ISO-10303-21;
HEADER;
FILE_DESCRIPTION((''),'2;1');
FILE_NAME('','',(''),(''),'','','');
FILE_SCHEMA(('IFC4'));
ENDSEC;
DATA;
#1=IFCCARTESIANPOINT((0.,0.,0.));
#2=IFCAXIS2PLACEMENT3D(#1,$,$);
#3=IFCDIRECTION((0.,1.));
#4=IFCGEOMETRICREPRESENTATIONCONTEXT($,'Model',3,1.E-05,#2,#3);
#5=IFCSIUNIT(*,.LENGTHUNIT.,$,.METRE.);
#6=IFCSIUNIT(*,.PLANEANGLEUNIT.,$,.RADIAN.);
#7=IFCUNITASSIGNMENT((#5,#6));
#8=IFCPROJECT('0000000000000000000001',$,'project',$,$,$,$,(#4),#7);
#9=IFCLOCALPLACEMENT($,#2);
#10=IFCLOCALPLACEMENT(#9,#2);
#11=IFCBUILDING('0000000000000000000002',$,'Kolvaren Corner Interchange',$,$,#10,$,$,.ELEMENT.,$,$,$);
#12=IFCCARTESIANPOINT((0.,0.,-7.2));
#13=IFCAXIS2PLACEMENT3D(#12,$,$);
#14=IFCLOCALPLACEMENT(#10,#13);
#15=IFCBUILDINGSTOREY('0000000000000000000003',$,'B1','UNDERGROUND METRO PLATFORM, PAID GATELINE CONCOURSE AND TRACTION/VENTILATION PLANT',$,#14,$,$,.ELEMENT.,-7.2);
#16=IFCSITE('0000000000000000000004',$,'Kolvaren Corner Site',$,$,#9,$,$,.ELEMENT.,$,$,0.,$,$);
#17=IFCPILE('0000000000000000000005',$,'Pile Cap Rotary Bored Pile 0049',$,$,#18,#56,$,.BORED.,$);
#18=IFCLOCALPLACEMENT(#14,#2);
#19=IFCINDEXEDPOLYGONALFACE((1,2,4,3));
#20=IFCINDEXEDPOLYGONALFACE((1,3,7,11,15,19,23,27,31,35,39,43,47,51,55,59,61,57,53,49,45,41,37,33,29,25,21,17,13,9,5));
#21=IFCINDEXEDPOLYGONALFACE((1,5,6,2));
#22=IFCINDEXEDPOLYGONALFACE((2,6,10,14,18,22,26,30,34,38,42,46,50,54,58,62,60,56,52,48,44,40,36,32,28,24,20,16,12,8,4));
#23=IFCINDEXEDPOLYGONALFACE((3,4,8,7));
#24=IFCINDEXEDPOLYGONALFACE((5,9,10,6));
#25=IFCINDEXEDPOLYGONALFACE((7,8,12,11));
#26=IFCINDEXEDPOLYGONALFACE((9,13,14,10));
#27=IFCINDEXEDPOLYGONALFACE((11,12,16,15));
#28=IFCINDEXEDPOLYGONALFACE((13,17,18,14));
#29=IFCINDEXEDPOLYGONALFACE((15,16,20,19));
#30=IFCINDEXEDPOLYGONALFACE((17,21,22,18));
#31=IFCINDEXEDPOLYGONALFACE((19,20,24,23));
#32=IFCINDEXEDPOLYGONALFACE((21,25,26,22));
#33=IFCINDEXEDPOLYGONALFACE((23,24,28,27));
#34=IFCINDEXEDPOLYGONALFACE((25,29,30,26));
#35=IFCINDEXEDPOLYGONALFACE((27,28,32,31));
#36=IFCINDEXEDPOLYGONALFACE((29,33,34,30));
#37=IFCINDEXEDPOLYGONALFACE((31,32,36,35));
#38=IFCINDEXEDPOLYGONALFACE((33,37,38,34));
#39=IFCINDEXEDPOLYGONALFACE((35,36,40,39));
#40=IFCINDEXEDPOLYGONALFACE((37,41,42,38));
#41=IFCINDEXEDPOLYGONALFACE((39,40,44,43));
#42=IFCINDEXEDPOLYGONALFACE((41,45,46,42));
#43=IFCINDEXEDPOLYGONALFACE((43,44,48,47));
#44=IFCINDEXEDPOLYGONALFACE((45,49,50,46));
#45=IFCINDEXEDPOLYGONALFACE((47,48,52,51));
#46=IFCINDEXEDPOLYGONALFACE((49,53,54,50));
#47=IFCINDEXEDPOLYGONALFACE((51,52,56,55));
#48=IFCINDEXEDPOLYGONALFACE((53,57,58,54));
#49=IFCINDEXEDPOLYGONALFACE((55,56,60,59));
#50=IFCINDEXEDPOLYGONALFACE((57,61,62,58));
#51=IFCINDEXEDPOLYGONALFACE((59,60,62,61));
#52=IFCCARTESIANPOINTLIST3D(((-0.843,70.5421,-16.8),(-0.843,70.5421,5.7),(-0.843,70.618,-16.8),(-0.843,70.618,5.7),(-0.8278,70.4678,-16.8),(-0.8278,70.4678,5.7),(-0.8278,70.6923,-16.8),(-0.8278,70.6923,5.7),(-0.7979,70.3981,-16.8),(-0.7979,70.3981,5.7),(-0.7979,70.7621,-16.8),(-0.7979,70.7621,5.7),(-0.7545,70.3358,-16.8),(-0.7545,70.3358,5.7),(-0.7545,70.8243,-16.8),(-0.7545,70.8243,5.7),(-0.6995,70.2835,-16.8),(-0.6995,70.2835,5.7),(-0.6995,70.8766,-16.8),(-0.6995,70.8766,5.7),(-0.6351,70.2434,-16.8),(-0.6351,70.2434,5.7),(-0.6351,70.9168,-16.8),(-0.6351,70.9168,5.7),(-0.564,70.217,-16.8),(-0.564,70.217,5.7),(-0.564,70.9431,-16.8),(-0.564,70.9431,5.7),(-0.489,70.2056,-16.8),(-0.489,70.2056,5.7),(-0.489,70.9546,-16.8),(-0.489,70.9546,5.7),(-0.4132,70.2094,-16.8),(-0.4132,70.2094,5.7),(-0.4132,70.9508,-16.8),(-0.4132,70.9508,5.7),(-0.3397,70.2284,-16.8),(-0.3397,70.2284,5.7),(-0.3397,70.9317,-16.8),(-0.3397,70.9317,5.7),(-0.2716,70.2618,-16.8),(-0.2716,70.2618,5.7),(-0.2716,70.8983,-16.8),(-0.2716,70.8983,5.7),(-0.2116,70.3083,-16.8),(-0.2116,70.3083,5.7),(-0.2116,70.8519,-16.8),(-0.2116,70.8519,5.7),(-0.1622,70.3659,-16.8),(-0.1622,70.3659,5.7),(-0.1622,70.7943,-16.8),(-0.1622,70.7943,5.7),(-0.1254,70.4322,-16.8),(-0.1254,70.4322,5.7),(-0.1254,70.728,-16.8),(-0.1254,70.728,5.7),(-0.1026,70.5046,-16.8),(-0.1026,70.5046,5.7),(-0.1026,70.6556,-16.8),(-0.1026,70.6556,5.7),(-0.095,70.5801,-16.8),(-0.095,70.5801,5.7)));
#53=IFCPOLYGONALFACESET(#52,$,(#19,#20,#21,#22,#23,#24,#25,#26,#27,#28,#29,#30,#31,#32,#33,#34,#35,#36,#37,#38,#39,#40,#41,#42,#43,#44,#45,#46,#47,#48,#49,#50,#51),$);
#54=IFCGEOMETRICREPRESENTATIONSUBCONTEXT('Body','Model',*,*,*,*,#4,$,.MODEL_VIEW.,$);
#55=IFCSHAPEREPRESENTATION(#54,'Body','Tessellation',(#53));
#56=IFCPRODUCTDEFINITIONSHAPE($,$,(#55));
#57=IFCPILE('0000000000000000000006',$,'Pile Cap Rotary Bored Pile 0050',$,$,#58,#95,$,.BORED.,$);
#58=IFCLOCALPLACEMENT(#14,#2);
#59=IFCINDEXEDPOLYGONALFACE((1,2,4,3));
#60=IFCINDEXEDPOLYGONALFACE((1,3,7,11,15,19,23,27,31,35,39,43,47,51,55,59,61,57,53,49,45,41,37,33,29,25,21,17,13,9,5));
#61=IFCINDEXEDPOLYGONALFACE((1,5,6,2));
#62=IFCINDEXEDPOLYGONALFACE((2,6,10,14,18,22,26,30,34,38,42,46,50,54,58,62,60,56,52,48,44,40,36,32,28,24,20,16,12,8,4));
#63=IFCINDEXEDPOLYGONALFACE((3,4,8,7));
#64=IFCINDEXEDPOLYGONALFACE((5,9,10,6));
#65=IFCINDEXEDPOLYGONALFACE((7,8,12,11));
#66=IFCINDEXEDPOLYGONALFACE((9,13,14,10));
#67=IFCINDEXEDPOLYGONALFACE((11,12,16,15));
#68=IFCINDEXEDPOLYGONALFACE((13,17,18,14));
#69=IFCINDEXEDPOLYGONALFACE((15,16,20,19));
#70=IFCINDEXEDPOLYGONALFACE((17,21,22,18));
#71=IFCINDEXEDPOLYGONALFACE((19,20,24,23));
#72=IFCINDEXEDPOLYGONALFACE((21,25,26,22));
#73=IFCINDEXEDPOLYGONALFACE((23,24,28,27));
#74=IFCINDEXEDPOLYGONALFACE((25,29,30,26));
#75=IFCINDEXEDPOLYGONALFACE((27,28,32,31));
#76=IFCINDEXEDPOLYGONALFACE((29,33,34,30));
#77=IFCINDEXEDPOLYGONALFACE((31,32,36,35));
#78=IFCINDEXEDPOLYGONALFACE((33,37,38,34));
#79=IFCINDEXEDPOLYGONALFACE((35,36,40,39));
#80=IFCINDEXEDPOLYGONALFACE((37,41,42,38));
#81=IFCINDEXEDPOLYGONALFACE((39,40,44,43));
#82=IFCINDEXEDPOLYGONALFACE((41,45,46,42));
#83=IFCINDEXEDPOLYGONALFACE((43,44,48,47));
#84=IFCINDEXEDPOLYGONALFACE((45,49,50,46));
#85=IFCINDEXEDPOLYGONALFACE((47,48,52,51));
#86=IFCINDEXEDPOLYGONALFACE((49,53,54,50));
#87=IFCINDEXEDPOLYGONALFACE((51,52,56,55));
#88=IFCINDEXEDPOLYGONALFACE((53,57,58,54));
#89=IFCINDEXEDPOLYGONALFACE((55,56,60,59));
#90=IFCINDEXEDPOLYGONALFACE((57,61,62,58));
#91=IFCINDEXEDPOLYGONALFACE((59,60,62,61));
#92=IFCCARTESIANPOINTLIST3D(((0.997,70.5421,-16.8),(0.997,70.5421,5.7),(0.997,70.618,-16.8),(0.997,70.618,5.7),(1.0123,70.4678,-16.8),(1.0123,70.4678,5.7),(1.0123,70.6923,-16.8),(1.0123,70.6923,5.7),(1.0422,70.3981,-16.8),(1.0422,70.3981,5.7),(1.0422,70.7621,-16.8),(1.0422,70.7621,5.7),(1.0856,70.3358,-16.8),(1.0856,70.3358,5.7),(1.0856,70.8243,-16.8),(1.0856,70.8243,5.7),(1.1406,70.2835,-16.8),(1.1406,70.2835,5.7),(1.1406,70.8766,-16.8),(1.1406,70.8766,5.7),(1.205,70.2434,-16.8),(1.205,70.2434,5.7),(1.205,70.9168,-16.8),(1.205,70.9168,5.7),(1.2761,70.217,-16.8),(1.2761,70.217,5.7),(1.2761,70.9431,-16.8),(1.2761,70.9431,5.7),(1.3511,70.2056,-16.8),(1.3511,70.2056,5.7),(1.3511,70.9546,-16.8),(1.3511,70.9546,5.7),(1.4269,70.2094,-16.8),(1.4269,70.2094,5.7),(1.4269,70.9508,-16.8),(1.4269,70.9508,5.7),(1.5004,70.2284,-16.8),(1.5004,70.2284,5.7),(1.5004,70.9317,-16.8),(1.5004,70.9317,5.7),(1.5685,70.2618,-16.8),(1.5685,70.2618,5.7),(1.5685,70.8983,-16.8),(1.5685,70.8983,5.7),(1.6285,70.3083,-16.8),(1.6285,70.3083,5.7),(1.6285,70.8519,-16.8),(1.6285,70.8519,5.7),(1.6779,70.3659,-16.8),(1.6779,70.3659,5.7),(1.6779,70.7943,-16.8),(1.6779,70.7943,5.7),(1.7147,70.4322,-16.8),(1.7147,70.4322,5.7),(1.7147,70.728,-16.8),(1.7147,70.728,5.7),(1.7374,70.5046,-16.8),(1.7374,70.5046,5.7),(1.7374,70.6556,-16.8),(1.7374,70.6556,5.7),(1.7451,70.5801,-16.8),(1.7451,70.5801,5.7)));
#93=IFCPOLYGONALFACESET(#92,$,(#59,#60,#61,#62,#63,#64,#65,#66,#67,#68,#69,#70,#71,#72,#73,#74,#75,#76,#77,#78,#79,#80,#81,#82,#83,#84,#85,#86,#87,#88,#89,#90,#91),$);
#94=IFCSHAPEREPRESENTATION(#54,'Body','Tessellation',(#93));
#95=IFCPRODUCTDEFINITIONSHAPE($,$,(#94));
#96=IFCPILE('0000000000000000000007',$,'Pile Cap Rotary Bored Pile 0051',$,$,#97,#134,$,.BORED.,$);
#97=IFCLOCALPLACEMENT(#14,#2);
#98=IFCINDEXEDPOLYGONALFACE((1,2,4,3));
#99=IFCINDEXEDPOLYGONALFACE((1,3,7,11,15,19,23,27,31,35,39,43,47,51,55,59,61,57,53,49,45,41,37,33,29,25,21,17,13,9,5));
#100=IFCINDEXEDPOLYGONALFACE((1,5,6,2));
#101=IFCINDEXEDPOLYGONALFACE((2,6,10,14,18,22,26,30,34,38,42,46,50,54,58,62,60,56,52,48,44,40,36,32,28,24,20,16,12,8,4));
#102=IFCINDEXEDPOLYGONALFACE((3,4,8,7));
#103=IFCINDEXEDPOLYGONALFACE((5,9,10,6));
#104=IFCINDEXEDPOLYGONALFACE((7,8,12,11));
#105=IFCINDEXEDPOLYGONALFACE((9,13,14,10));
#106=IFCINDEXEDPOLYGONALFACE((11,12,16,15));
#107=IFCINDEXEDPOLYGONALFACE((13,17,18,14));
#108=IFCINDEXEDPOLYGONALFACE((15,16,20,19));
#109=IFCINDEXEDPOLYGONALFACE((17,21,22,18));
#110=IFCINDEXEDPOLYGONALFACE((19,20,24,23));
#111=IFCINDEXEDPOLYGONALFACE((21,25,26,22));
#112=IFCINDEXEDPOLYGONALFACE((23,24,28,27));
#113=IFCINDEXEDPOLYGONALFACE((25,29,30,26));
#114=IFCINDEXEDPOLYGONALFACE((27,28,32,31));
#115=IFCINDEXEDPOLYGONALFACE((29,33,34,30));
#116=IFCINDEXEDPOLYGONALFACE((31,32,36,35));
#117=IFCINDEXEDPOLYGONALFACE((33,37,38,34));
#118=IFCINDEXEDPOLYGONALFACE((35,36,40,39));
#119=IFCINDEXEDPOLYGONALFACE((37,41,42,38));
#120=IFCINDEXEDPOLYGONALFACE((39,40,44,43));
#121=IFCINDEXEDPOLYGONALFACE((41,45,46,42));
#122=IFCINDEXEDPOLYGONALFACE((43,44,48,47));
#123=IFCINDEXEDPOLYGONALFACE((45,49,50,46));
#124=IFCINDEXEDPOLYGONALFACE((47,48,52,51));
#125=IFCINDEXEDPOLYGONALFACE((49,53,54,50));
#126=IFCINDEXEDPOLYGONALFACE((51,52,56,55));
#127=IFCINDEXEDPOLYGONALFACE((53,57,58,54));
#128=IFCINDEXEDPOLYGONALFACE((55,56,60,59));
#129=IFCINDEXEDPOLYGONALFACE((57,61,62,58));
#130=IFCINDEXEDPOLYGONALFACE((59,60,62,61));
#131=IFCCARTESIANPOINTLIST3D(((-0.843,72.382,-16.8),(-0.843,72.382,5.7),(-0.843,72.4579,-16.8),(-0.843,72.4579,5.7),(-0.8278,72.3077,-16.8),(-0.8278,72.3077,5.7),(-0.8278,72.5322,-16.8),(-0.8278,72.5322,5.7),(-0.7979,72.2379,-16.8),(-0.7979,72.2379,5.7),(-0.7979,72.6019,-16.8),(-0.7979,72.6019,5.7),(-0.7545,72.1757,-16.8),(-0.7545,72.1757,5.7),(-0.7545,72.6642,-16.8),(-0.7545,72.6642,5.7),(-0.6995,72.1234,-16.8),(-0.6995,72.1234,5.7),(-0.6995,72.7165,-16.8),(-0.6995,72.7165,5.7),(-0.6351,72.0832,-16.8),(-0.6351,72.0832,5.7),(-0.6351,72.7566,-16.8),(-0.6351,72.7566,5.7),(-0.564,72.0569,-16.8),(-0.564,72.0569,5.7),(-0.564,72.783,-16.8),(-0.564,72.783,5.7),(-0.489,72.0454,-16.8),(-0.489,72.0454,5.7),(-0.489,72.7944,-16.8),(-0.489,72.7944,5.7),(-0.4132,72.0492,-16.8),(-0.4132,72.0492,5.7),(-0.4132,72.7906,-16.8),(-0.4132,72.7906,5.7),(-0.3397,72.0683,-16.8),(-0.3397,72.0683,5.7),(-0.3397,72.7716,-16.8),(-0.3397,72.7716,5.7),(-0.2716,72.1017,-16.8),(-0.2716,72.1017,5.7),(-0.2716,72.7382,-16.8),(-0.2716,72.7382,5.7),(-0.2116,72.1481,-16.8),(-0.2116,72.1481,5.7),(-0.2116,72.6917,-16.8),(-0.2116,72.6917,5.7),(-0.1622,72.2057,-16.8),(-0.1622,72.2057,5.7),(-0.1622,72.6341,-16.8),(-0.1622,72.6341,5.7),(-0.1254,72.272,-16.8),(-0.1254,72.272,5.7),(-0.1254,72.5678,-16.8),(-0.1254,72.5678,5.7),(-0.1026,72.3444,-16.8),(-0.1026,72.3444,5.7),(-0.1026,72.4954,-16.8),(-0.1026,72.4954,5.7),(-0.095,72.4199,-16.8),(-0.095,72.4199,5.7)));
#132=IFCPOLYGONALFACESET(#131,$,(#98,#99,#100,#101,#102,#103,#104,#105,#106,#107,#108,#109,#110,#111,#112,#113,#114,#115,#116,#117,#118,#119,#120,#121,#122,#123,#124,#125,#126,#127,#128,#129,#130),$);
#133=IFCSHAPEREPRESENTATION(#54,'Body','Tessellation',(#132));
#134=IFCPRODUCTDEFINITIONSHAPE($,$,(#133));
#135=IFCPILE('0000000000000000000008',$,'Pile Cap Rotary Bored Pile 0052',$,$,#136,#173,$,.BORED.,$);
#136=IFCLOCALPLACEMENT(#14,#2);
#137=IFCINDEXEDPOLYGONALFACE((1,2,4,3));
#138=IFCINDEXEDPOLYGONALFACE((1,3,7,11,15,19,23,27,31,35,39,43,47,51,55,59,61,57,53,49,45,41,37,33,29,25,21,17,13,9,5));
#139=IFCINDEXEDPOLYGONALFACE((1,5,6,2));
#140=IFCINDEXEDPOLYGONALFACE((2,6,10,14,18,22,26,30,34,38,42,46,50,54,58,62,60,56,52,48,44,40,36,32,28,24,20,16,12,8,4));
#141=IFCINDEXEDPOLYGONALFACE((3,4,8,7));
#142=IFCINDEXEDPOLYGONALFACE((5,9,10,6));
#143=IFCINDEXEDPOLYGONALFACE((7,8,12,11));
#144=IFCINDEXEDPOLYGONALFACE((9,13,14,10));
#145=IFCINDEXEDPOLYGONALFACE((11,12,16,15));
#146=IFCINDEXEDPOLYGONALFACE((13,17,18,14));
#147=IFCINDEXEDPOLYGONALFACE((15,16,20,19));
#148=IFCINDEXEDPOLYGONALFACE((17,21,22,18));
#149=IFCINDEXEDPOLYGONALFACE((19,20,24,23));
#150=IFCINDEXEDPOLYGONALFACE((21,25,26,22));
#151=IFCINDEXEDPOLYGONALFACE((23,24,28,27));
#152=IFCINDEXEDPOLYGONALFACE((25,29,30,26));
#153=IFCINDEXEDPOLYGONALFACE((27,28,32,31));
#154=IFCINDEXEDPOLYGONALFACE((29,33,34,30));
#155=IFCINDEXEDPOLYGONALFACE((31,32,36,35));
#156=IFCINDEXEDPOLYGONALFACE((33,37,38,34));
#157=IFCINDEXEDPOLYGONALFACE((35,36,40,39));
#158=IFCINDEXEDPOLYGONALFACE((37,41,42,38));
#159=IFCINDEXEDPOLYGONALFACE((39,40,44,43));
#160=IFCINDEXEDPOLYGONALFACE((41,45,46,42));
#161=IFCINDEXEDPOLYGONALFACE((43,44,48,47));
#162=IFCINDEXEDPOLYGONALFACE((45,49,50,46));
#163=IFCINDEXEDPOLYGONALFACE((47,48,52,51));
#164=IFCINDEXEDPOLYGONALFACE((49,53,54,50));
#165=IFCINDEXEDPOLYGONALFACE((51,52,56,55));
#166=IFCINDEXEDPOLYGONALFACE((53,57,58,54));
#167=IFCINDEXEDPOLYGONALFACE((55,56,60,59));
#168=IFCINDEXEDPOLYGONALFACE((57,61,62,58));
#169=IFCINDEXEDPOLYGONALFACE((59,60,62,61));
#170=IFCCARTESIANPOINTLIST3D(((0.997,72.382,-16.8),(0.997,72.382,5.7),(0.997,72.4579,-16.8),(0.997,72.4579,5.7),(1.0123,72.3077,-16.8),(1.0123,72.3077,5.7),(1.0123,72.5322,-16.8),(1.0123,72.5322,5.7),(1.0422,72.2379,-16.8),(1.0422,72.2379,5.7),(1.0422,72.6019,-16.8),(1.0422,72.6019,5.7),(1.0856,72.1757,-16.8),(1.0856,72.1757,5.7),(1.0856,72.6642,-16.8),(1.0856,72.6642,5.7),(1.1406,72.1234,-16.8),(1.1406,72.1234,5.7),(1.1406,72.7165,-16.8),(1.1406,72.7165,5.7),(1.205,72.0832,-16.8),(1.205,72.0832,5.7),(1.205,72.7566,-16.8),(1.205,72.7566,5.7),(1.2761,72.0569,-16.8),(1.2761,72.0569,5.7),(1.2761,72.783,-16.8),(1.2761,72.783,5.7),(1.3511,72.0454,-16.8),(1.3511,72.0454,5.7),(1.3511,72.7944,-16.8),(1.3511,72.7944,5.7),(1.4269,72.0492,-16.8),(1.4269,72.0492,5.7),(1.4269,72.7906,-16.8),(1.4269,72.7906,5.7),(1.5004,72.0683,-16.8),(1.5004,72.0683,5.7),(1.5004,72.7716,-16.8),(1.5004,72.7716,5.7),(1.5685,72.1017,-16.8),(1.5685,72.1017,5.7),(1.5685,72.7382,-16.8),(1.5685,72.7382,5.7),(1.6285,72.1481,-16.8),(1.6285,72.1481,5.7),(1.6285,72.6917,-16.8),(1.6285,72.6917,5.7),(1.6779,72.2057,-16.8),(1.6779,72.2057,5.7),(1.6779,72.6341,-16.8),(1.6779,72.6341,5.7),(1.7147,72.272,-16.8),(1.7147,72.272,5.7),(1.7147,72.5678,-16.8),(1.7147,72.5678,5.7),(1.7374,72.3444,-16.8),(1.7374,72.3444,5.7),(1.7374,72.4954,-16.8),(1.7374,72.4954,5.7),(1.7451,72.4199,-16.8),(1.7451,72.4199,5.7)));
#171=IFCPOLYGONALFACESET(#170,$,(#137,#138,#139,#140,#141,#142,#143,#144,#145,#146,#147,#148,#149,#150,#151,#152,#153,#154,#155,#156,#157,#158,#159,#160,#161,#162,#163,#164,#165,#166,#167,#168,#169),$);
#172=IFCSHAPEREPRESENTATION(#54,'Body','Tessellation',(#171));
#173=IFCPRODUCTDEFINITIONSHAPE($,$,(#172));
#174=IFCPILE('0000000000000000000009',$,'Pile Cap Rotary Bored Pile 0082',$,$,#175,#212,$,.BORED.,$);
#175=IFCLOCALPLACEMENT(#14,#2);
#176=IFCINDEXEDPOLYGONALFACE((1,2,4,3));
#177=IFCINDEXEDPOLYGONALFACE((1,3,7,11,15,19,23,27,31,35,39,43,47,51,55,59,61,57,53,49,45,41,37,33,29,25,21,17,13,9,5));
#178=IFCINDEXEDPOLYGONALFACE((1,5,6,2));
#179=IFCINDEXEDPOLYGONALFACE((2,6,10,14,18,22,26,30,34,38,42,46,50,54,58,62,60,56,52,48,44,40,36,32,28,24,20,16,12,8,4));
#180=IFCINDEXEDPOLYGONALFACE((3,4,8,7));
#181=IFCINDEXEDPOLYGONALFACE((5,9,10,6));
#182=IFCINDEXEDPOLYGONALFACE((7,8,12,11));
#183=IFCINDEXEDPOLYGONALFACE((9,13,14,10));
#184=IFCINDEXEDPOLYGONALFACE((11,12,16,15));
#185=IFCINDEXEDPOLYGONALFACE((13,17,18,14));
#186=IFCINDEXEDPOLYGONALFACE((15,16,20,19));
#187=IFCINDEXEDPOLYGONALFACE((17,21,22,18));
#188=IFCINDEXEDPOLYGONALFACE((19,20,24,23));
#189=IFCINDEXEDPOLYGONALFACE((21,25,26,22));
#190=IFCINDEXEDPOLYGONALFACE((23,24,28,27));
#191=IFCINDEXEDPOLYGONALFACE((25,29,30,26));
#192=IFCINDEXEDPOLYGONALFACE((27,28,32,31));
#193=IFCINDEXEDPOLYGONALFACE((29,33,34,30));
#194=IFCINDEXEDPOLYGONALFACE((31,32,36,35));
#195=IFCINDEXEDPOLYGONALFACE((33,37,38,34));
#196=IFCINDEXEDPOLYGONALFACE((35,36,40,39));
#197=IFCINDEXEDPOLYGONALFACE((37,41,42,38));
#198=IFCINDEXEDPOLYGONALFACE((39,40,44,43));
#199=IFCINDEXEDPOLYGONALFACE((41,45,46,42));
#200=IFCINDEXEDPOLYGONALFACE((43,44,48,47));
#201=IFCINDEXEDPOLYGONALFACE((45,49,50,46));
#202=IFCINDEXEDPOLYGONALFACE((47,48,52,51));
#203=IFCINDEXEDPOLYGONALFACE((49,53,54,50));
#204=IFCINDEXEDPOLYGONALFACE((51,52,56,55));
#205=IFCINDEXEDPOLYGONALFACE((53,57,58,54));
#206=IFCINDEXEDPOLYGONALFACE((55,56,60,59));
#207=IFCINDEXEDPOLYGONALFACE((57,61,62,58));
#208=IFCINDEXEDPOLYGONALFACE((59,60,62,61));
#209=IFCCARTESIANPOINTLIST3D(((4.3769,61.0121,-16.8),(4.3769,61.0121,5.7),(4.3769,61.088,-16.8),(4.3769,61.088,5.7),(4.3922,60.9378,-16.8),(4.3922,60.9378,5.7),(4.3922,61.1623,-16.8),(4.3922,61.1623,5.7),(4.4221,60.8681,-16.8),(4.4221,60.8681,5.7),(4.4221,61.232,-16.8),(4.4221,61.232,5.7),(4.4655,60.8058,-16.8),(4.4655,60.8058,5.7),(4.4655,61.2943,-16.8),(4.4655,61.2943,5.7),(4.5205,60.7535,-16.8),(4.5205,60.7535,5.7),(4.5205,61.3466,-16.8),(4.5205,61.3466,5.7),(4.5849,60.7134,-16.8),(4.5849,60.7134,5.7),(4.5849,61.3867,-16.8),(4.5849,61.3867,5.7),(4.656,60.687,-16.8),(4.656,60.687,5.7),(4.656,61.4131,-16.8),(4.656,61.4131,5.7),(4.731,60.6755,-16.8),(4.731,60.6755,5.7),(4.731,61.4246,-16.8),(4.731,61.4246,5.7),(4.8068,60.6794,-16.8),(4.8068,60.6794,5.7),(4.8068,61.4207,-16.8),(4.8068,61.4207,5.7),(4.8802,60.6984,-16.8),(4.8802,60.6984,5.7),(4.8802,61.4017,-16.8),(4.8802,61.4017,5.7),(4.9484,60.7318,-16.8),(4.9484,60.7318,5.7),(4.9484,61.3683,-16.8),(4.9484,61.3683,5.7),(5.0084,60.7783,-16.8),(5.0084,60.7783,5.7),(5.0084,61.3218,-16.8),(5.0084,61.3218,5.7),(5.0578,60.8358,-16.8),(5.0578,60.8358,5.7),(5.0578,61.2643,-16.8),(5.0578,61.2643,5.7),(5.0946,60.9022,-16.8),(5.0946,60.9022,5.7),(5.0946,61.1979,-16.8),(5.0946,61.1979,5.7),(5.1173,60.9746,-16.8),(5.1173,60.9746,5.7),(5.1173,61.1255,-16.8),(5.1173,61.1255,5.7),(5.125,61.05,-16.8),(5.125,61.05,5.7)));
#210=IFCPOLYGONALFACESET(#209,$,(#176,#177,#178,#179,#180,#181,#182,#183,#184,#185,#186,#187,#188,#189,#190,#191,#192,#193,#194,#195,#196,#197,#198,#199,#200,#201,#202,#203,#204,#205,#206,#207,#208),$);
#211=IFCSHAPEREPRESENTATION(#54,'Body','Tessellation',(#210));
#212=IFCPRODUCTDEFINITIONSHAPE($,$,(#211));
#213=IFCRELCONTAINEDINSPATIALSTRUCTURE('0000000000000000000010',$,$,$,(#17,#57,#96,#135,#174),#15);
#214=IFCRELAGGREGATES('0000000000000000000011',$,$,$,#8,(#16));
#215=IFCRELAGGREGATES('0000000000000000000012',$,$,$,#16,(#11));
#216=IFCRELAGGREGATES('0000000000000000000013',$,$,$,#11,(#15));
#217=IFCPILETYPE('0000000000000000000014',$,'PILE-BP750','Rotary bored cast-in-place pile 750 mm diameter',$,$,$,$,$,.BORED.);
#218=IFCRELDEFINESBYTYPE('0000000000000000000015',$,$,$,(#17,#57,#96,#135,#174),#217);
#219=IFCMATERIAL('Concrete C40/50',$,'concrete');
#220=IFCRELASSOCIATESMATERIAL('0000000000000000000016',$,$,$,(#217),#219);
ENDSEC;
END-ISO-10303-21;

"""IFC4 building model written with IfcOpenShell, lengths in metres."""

from ifc_helpers import new_model, si_unit, direction, frame, origin, origin_2d, place, context, subcontext, project, spatial, circle, extrude, material, material_profile, profile_set, type_object, element, save


model = new_model("IFC4")

# Units and contexts
model_context = context("Model", 3, precision=1e-05, world=origin(), true_north=direction((0.0, 1.0)))
body_context = subcontext(model_context, "Body", "Model", "MODEL_VIEW")
ifc_project = project(units=[si_unit("LENGTHUNIT", "METRE"), si_unit("PLANEANGLEUNIT", "RADIAN")], contexts=[model_context])

# Site, building, storey
site_placement = place(None, origin())
site = spatial("IfcSite", under=ifc_project, at=site_placement, Name="Kolvaren Corner Site", CompositionType="ELEMENT", RefElevation=0.0)
building_placement = place(site_placement, origin())
building = spatial("IfcBuilding", under=site, at=building_placement, Name="Kolvaren Corner Interchange", CompositionType="ELEMENT")
storey_placement = place(building_placement, frame((0.0, 0.0, -7.2)))
storey = spatial("IfcBuildingStorey", under=building, at=storey_placement, Name="B1", Description="UNDERGROUND METRO PLATFORM, PAID GATELINE CONCOURSE AND TRACTION/VENTILATION PLANT", CompositionType="ELEMENT", Elevation=-7.2)

# Piles
ifc_material_1 = material(Name="Concrete C40/50", Category="concrete")
ifc_material_profile_1 = material_profile(ifc_material_1, circle(Radius=0.375, at=origin_2d()), Name="BORED PILE 750")
ifc_profile_set_1 = profile_set([ifc_material_profile_1], Name="Concrete C40/50")
pile_type_1 = type_object("IfcPileType", Name="PILE-BP750", Description="Rotary bored cast-in-place pile 750 mm diameter", PredefinedType="BORED", material=ifc_profile_set_1)
for number, where, z_axis, x_axis, name in (
    (1, (-0.47, 70.5801, 5.7), (0.0, 0.0, -1.0), (1.0, 0.0, 0.0), "Pile Cap Rotary Bored Pile 0049"),
    (2, (1.3701, 70.5801, 5.7), (0.0, 0.0, -1.0), (1.0, 0.0, 0.0), "Pile Cap Rotary Bored Pile 0050"),
    (3, (-0.47, 72.4199, 5.7), (0.0, 0.0, -1.0), (1.0, 0.0, 0.0), "Pile Cap Rotary Bored Pile 0051"),
    (4, (1.3701, 72.4199, 5.7), (0.0, 0.0, -1.0), (1.0, 0.0, 0.0), "Pile Cap Rotary Bored Pile 0052"),
    (5, (4.75, 61.05, 5.7), (0.0, 0.0, -1.0), (1.0, 0.0, 0.0), "Pile Cap Rotary Bored Pile 0082"),
):
    element("IfcPile", number, at=place(storey_placement, frame(where, z_axis=z_axis, x_axis=x_axis)), inside=storey, type_object=pile_type_1, Name=name, PredefinedType="BORED", context=body_context, shape_type="SweptSolid", body=[
        extrude(circle(Radius=0.375, at=origin_2d()), origin(), (0.0, 0.0, 1.0), 22.5),
    ])

save(model, "model.ifc")
